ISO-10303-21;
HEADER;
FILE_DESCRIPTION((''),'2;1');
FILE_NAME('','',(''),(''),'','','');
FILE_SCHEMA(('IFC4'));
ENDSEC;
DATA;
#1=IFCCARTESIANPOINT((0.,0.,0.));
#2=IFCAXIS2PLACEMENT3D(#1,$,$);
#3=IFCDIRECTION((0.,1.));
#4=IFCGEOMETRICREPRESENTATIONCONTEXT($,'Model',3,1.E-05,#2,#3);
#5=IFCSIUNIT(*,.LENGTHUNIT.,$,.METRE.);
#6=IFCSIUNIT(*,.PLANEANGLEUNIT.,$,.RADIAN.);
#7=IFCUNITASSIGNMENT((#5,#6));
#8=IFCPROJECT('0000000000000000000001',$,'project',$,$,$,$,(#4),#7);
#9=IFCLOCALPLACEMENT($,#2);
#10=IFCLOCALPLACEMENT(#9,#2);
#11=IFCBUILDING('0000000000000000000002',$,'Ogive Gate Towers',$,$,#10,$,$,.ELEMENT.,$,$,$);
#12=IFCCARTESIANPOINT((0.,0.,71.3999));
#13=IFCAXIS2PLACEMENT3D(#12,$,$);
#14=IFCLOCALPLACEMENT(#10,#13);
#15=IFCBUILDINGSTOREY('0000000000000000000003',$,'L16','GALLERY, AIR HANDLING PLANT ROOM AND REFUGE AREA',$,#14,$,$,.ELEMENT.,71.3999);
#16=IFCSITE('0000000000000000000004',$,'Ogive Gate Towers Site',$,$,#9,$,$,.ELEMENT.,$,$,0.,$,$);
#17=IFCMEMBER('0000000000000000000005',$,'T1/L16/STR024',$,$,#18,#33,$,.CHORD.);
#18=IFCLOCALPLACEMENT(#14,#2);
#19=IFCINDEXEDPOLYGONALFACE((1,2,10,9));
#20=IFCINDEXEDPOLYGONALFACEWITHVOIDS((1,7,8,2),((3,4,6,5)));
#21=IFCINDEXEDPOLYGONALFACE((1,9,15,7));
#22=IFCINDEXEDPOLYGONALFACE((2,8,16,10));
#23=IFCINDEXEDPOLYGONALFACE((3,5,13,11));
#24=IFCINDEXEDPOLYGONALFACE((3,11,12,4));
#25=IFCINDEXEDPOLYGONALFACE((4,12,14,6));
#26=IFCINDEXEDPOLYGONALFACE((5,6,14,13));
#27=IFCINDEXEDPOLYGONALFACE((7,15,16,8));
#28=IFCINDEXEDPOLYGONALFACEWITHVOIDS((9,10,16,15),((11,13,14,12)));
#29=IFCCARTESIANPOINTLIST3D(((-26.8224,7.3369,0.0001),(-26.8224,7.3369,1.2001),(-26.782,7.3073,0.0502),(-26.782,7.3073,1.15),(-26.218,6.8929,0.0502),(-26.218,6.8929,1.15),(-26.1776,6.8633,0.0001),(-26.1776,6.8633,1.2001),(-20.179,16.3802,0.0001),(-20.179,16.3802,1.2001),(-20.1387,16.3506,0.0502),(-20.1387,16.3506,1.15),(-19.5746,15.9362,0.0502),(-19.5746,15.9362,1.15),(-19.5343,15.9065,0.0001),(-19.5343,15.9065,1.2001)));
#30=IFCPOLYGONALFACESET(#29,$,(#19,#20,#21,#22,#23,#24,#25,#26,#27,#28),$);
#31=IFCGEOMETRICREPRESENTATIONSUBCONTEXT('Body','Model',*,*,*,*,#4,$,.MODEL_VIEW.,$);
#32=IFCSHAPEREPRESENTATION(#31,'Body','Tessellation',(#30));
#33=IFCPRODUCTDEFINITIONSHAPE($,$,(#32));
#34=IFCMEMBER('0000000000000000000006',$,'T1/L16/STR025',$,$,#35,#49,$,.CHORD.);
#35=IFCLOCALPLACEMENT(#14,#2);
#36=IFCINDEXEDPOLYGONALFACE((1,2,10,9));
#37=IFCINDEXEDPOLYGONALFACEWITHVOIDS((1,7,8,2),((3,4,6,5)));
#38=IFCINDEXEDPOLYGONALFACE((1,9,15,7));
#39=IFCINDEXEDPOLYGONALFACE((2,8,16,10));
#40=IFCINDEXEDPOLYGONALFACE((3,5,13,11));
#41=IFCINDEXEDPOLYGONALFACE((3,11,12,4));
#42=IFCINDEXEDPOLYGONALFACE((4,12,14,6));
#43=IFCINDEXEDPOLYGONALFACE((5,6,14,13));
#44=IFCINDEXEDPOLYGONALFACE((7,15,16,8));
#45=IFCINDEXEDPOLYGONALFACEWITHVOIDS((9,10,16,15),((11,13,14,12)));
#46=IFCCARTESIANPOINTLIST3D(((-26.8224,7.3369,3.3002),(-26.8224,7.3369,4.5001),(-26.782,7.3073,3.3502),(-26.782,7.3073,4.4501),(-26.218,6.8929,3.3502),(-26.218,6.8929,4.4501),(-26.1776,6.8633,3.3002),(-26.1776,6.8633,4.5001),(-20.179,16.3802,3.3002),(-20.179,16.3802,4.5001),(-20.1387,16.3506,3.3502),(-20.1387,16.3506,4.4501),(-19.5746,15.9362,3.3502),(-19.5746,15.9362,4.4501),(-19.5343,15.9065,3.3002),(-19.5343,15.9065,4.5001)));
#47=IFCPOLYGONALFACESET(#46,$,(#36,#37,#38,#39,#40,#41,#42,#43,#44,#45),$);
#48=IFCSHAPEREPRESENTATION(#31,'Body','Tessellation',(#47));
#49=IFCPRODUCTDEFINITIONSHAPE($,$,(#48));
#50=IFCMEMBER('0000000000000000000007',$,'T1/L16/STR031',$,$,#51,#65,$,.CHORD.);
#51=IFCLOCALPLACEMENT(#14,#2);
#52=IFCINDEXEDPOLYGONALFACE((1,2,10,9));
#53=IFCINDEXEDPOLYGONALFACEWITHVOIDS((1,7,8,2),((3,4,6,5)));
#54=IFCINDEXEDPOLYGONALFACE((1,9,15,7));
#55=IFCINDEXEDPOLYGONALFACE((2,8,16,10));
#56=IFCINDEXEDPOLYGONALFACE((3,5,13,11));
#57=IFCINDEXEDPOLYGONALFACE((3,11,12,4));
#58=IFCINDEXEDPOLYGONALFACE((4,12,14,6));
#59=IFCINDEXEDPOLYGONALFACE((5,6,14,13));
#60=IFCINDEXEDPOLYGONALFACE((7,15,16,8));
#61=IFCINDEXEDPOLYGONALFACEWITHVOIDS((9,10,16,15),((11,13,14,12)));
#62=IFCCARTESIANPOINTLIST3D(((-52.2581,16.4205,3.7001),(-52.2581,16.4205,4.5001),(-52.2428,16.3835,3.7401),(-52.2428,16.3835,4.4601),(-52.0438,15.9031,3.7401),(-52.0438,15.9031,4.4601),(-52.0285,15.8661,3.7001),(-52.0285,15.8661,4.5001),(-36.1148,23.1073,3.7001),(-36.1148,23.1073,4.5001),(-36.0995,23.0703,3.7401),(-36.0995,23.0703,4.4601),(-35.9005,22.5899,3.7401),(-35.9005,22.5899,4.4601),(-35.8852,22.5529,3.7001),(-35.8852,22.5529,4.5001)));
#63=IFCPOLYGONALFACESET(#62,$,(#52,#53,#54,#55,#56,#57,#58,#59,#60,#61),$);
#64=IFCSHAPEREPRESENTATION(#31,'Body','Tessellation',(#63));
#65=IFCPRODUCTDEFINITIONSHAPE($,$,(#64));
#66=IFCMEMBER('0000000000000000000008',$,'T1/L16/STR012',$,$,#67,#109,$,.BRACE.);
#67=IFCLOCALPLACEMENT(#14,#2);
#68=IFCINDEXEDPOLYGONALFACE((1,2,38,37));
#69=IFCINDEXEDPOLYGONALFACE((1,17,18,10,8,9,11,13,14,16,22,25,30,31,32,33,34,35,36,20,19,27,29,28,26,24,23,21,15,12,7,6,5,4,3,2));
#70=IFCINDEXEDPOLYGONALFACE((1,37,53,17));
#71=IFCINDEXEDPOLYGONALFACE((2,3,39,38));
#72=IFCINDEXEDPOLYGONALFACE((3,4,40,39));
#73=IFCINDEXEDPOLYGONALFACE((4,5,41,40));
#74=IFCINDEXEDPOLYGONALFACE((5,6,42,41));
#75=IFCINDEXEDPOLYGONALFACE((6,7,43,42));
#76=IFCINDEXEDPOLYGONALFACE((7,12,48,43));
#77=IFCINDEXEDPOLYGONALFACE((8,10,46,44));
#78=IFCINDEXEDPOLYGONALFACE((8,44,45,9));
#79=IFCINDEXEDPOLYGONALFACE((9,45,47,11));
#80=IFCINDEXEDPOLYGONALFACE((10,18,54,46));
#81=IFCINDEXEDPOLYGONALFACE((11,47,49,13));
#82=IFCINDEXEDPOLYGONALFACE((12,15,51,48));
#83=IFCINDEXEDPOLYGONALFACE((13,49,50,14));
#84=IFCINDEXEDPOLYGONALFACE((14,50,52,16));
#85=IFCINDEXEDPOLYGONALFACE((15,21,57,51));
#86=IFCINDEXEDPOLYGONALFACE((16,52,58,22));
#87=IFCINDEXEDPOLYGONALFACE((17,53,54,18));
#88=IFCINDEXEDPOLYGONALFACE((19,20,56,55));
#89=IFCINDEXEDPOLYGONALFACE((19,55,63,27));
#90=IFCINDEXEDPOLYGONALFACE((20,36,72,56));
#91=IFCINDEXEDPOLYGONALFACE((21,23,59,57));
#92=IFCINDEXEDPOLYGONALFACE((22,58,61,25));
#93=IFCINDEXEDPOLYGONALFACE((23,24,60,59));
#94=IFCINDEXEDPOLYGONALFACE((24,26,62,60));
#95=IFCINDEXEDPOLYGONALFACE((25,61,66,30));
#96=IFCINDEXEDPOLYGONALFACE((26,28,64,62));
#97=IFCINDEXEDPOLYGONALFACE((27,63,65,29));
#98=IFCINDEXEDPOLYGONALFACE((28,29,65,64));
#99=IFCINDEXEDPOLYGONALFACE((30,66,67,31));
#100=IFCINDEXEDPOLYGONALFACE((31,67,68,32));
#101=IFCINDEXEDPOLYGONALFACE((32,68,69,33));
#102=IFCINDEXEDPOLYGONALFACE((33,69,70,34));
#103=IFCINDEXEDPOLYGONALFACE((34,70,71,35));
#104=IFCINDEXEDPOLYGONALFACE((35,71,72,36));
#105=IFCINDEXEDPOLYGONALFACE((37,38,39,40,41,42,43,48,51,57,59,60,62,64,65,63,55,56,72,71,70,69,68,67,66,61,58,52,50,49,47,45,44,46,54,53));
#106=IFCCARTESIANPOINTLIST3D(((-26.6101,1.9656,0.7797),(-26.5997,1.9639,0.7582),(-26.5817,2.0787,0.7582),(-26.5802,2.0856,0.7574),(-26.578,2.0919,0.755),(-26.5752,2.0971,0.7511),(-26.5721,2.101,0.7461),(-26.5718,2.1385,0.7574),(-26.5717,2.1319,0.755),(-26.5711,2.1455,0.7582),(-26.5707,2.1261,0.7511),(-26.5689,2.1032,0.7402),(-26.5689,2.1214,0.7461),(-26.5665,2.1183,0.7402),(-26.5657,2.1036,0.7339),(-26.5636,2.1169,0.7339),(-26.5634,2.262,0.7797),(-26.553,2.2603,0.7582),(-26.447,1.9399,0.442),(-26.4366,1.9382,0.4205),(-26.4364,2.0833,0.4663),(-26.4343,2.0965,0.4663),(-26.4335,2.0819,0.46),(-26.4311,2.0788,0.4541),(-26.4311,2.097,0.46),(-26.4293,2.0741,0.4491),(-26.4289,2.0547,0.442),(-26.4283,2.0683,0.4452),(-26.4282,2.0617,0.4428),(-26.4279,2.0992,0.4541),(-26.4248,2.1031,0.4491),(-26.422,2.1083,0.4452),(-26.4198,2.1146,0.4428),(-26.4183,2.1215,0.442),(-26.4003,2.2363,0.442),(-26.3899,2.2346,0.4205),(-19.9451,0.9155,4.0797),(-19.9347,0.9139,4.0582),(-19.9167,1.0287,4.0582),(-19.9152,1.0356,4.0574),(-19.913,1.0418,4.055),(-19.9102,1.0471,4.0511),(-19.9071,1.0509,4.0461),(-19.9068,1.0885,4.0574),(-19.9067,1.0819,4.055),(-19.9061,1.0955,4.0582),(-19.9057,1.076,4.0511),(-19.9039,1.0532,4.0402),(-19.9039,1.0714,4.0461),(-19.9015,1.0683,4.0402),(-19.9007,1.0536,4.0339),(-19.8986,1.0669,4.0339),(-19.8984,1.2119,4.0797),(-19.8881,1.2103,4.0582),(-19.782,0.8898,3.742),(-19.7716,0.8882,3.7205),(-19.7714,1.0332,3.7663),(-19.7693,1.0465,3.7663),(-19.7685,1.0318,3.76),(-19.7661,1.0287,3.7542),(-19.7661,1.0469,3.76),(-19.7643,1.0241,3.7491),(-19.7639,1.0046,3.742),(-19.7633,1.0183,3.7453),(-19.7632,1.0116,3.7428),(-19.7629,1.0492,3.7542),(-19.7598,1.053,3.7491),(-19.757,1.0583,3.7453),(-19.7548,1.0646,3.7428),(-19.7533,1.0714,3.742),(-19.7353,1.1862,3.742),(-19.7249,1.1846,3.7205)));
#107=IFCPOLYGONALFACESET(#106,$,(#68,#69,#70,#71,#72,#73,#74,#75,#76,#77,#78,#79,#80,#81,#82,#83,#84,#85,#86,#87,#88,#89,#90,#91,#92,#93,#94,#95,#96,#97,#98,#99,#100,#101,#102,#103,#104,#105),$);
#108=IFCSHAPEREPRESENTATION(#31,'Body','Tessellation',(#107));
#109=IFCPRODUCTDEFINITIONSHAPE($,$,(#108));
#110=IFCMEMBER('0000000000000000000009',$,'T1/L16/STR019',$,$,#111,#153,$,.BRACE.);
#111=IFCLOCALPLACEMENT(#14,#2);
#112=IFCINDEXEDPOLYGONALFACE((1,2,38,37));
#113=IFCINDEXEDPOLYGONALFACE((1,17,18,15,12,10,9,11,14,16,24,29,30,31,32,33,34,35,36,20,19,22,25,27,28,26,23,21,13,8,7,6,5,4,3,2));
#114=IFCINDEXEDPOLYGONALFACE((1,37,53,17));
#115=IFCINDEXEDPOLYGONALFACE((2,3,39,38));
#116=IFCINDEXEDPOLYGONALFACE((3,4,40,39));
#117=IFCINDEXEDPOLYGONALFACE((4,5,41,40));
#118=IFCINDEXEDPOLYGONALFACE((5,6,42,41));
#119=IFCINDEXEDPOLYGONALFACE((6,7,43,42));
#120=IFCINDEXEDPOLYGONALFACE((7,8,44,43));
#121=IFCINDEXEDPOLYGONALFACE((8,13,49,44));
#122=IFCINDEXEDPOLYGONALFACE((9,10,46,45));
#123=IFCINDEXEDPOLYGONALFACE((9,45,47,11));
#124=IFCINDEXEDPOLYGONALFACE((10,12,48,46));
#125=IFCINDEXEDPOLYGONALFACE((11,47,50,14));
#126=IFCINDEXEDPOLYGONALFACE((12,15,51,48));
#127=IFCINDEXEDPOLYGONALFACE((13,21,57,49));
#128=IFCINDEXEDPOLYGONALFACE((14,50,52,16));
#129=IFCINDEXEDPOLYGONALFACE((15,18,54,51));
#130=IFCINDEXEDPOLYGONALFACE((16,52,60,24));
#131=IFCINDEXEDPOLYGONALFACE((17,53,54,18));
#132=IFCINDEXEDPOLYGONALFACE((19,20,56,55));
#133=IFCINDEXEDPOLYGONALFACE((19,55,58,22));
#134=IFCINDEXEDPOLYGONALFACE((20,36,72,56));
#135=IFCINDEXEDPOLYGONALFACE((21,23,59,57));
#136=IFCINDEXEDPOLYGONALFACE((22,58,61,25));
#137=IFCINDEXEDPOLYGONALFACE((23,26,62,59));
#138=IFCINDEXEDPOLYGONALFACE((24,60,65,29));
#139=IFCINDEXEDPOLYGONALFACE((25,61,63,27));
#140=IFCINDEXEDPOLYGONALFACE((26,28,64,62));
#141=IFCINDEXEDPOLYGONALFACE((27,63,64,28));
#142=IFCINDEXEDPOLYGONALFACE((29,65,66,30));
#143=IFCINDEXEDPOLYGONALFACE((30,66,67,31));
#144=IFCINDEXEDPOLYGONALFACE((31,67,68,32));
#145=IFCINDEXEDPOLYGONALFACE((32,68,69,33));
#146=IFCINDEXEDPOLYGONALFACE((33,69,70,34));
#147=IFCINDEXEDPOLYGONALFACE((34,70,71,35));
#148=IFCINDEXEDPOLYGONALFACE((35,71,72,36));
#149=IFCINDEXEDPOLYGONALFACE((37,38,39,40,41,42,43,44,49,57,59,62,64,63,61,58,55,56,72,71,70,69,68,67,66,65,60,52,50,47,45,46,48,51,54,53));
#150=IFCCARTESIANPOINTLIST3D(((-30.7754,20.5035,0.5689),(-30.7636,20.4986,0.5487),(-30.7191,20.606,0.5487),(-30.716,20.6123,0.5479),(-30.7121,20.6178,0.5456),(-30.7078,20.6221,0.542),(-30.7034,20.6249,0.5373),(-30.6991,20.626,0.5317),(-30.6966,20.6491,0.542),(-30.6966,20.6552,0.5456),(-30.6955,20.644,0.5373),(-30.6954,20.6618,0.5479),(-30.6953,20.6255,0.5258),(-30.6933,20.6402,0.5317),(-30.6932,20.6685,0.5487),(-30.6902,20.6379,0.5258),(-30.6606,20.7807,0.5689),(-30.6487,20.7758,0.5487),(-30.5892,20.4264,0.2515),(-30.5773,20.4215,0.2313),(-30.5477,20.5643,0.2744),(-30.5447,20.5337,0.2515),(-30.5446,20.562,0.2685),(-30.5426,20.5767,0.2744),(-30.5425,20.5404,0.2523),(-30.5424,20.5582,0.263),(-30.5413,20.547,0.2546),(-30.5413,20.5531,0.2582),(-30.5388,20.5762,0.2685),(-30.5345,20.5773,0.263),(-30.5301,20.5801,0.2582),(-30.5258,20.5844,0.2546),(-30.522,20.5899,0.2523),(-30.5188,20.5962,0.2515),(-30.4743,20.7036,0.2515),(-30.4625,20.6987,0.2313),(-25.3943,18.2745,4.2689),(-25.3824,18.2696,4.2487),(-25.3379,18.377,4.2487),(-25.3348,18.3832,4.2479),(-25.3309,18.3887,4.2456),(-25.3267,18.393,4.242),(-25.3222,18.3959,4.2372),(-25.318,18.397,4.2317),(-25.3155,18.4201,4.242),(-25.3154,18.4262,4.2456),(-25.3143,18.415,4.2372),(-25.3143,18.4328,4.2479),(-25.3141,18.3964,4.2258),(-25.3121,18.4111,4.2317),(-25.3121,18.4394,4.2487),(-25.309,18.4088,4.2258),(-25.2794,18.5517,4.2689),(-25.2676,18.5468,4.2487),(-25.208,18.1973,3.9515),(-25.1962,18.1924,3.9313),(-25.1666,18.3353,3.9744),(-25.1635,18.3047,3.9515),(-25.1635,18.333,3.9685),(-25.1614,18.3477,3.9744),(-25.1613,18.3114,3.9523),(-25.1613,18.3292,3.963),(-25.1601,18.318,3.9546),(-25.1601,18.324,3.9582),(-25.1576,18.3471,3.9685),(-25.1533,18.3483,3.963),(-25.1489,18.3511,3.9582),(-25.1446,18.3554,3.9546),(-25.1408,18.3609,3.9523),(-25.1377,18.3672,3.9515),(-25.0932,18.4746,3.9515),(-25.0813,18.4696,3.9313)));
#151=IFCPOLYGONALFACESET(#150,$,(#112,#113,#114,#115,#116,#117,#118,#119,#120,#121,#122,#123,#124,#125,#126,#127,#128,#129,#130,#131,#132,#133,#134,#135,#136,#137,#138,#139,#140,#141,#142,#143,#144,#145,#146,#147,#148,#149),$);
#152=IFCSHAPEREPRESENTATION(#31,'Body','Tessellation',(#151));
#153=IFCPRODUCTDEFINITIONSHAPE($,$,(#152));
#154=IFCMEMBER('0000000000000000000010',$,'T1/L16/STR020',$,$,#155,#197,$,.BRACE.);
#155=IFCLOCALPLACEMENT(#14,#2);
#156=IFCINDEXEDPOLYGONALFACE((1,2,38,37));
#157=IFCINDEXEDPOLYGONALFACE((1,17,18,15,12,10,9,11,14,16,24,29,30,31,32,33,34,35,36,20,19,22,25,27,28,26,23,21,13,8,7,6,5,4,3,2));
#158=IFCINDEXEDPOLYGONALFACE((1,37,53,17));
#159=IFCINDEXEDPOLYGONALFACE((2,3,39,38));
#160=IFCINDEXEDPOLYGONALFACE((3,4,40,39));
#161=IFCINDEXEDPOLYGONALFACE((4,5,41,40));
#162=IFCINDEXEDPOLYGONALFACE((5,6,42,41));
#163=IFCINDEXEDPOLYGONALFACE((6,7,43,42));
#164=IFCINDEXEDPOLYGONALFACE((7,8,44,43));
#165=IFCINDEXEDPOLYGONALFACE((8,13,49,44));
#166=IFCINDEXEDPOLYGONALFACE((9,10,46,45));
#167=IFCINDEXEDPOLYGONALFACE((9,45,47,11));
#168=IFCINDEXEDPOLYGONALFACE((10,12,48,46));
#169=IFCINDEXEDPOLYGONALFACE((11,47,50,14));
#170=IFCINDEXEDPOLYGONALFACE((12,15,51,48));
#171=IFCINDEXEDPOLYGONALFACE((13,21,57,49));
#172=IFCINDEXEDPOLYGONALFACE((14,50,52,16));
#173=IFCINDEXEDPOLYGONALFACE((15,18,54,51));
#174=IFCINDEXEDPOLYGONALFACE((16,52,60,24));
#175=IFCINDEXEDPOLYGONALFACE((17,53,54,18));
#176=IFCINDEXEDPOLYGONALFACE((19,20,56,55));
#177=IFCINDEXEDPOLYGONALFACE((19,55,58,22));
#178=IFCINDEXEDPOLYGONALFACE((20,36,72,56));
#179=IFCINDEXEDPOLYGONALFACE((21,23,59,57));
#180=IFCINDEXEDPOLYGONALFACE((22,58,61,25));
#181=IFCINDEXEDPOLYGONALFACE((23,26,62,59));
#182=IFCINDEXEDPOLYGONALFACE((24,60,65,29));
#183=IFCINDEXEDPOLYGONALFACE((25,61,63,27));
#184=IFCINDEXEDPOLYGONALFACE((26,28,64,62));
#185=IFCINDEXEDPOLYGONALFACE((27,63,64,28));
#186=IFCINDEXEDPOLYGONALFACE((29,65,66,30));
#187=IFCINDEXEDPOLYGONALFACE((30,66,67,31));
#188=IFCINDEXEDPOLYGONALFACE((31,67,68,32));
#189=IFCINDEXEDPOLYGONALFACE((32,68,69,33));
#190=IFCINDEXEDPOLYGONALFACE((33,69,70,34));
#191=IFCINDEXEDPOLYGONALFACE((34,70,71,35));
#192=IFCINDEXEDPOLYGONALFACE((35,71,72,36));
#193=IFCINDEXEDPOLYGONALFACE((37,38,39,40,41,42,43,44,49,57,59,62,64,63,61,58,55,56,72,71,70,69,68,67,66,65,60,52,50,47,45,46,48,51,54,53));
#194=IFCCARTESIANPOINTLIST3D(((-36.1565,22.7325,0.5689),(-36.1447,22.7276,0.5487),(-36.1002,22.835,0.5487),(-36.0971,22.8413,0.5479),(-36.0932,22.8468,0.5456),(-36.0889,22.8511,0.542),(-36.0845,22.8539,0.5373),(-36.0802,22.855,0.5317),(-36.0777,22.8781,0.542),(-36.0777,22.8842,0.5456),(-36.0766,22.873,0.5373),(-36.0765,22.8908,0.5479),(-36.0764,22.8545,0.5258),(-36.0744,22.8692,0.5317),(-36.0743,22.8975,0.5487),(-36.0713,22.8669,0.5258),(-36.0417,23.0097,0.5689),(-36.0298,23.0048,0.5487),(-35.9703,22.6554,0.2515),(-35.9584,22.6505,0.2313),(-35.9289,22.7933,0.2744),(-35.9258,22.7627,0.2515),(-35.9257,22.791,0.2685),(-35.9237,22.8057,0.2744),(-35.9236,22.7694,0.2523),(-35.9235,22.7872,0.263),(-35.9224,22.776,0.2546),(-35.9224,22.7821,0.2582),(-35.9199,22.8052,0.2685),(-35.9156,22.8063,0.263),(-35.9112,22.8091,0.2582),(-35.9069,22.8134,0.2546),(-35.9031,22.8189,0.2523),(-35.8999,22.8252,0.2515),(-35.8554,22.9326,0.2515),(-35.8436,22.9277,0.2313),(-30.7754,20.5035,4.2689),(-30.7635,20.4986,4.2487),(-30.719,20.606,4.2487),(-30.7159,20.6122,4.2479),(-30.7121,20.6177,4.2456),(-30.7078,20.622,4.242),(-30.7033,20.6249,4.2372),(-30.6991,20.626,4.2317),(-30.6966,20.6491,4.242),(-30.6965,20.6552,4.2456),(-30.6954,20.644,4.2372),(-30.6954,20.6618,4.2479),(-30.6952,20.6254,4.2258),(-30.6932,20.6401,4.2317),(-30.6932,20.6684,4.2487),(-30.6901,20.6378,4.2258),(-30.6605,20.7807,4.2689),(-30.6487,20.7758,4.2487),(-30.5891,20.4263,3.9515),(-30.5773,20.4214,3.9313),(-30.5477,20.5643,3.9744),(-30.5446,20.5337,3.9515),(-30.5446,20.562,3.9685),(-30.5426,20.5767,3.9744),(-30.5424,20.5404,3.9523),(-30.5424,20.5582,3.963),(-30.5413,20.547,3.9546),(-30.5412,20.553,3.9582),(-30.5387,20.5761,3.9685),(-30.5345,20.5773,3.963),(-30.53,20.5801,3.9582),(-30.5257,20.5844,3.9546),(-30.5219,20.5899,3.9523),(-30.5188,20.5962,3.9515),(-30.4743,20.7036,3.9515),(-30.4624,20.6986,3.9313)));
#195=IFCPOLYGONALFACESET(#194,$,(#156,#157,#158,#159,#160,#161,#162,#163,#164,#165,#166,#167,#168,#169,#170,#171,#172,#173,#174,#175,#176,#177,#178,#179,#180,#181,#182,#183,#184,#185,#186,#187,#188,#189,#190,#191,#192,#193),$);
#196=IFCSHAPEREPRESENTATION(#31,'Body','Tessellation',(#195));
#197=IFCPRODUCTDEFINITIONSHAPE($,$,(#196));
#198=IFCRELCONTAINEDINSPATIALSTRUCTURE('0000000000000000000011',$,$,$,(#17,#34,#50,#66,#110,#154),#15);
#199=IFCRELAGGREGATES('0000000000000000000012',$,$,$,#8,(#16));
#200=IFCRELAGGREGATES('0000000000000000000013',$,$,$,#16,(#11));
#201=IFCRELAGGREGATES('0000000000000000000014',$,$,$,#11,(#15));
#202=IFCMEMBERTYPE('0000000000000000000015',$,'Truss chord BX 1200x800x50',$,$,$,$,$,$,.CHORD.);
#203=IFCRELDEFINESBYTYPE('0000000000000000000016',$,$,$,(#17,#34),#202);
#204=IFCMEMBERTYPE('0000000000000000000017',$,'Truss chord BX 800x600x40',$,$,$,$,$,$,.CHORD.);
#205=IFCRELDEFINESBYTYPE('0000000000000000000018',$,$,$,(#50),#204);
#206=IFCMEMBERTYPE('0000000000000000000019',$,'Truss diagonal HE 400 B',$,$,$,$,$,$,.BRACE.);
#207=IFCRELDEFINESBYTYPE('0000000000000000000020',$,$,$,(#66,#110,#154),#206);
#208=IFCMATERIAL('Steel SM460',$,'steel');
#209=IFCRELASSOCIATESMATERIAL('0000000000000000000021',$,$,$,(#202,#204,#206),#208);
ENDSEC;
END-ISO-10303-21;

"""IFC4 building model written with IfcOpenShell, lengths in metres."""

from ifc_helpers import new_model, si_unit, direction, frame, origin, origin_2d, place, context, subcontext, project, spatial, hollow_rectangle, i_section, extrude, material, material_profile, profile_set, type_object, element, save


model = new_model("IFC4")

# Units and contexts
model_context = context("Model", 3, precision=1e-05, world=origin(), true_north=direction((0.0, 1.0)))
body_context = subcontext(model_context, "Body", "Model", "MODEL_VIEW")
ifc_project = project(units=[si_unit("LENGTHUNIT", "METRE"), si_unit("PLANEANGLEUNIT", "RADIAN")], contexts=[model_context])

# Site, building, storey
site_placement = place(None, origin())
site = spatial("IfcSite", under=ifc_project, at=site_placement, Name="Ogive Gate Towers Site", CompositionType="ELEMENT", RefElevation=0.0)
building_placement = place(site_placement, origin())
building = spatial("IfcBuilding", under=site, at=building_placement, Name="Ogive Gate Towers", CompositionType="ELEMENT")
storey_placement = place(building_placement, frame((0.0, 0.0, 71.3999)))
storey = spatial("IfcBuildingStorey", under=building, at=storey_placement, Name="L16", Description="GALLERY, AIR HANDLING PLANT ROOM AND REFUGE AREA", CompositionType="ELEMENT", Elevation=71.3999)

# Shared definitions
ifc_material_1 = material(Name="Steel SM460", Category="steel")

# Members
ifc_material_profile_1 = material_profile(ifc_material_1, hollow_rectangle(XDim=0.8, YDim=1.2, WallThickness=0.05, at=origin_2d()), Name="BX 1200x800x50")
ifc_profile_set_1 = profile_set([ifc_material_profile_1], Name="Steel SM460")
member_type_1 = type_object("IfcMemberType", Name="Truss chord BX 1200x800x50", PredefinedType="CHORD", material=ifc_profile_set_1)
for number, where, z_axis, x_axis, name in (
    (1, (-26.5, 7.1001, 0.6001), (0.592037, 0.805911, 0.0), (-0.805911, 0.592037, 0.0), "T1/L16/STR024"),
    (2, (-26.5, 7.1001, 3.9001), (0.592037, 0.805911, 0.0), (-0.805911, 0.592037, 0.0), "T1/L16/STR025"),
):
    element("IfcMember", number, at=place(storey_placement, frame(where, z_axis=z_axis, x_axis=x_axis)), inside=storey, type_object=member_type_1, Name=name, PredefinedType="CHORD", context=body_context, shape_type="SweptSolid", body=[
        extrude(hollow_rectangle(XDim=0.8, YDim=1.2, WallThickness=0.05, at=origin_2d()), origin(), (0.0, 0.0, 1.0), 11.2212),
    ])
ifc_material_profile_2 = material_profile(ifc_material_1, hollow_rectangle(XDim=0.6001, YDim=0.8, WallThickness=0.04, at=origin_2d()), Name="BX 800x600x40")
ifc_profile_set_2 = profile_set([ifc_material_profile_2], Name="Steel SM460")
member_type_2 = type_object("IfcMemberType", Name="Truss chord BX 800x600x40", PredefinedType="CHORD", material=ifc_profile_set_2)
member_1_placement = place(storey_placement, frame((-36.0, 22.8301, 4.1001), z_axis=(-0.92388, -0.382683, 0.0), x_axis=(0.382683, -0.92388, 0.0)))
element("IfcMember", 3, at=member_1_placement, inside=storey, type_object=member_type_2, Name="T1/L16/STR031", PredefinedType="CHORD", context=body_context, shape_type="SweptSolid", body=[
    extrude(hollow_rectangle(XDim=0.6001, YDim=0.8, WallThickness=0.04, at=origin_2d()), origin(), (0.0, 0.0, 1.0), 17.4734),
])
ifc_material_profile_3 = material_profile(ifc_material_1, i_section(OverallWidth=0.3, OverallDepth=0.3999, WebThickness=0.0134, FlangeThickness=0.0239, FilletRadius=0.0271, at=origin_2d()), Name="HE 400 B")
ifc_profile_set_3 = profile_set([ifc_material_profile_3], Name="Steel SM460")
member_type_3 = type_object("IfcMemberType", Name="Truss diagonal HE 400 B", PredefinedType="BRACE", material=ifc_profile_set_3)
member_2_placement = place(storey_placement, frame((-26.5, 2.1001, 0.6001), z_axis=(0.887366, -0.139801, 0.43936), x_axis=(0.155626, 0.987816, 0.0)))
element("IfcMember", 4, at=member_2_placement, inside=storey, type_object=member_type_3, Name="T1/L16/STR012", PredefinedType="BRACE", context=body_context, shape_type="SweptSolid", body=[
    extrude(i_section(OverallWidth=0.3, OverallDepth=0.3999, WebThickness=0.0134, FlangeThickness=0.0239, FilletRadius=0.0271, at=origin_2d()), origin(), (0.0, 0.0, 1.0), 7.511),
])
for number, where, z_axis, x_axis, name in (
    (5, (-25.2378, 18.3721, 4.1001), (-0.779834, 0.323029, -0.5362), (-0.382695, -0.923875, 0.0), "T1/L16/STR019"),
    (6, (-30.6189, 20.6011, 4.1001), (-0.779834, 0.323029, -0.5362), (-0.382695, -0.923875, 0.0), "T1/L16/STR020"),
):
    element("IfcMember", number, at=place(storey_placement, frame(where, z_axis=z_axis, x_axis=x_axis)), inside=storey, type_object=member_type_3, Name=name, PredefinedType="BRACE", context=body_context, shape_type="SweptSolid", body=[
        extrude(i_section(OverallWidth=0.3, OverallDepth=0.3999, WebThickness=0.0134, FlangeThickness=0.0239, FilletRadius=0.0271, at=origin_2d()), origin(), (0.0, 0.0, 1.0), 6.9004),
    ])

save(model, "model.ifc")
